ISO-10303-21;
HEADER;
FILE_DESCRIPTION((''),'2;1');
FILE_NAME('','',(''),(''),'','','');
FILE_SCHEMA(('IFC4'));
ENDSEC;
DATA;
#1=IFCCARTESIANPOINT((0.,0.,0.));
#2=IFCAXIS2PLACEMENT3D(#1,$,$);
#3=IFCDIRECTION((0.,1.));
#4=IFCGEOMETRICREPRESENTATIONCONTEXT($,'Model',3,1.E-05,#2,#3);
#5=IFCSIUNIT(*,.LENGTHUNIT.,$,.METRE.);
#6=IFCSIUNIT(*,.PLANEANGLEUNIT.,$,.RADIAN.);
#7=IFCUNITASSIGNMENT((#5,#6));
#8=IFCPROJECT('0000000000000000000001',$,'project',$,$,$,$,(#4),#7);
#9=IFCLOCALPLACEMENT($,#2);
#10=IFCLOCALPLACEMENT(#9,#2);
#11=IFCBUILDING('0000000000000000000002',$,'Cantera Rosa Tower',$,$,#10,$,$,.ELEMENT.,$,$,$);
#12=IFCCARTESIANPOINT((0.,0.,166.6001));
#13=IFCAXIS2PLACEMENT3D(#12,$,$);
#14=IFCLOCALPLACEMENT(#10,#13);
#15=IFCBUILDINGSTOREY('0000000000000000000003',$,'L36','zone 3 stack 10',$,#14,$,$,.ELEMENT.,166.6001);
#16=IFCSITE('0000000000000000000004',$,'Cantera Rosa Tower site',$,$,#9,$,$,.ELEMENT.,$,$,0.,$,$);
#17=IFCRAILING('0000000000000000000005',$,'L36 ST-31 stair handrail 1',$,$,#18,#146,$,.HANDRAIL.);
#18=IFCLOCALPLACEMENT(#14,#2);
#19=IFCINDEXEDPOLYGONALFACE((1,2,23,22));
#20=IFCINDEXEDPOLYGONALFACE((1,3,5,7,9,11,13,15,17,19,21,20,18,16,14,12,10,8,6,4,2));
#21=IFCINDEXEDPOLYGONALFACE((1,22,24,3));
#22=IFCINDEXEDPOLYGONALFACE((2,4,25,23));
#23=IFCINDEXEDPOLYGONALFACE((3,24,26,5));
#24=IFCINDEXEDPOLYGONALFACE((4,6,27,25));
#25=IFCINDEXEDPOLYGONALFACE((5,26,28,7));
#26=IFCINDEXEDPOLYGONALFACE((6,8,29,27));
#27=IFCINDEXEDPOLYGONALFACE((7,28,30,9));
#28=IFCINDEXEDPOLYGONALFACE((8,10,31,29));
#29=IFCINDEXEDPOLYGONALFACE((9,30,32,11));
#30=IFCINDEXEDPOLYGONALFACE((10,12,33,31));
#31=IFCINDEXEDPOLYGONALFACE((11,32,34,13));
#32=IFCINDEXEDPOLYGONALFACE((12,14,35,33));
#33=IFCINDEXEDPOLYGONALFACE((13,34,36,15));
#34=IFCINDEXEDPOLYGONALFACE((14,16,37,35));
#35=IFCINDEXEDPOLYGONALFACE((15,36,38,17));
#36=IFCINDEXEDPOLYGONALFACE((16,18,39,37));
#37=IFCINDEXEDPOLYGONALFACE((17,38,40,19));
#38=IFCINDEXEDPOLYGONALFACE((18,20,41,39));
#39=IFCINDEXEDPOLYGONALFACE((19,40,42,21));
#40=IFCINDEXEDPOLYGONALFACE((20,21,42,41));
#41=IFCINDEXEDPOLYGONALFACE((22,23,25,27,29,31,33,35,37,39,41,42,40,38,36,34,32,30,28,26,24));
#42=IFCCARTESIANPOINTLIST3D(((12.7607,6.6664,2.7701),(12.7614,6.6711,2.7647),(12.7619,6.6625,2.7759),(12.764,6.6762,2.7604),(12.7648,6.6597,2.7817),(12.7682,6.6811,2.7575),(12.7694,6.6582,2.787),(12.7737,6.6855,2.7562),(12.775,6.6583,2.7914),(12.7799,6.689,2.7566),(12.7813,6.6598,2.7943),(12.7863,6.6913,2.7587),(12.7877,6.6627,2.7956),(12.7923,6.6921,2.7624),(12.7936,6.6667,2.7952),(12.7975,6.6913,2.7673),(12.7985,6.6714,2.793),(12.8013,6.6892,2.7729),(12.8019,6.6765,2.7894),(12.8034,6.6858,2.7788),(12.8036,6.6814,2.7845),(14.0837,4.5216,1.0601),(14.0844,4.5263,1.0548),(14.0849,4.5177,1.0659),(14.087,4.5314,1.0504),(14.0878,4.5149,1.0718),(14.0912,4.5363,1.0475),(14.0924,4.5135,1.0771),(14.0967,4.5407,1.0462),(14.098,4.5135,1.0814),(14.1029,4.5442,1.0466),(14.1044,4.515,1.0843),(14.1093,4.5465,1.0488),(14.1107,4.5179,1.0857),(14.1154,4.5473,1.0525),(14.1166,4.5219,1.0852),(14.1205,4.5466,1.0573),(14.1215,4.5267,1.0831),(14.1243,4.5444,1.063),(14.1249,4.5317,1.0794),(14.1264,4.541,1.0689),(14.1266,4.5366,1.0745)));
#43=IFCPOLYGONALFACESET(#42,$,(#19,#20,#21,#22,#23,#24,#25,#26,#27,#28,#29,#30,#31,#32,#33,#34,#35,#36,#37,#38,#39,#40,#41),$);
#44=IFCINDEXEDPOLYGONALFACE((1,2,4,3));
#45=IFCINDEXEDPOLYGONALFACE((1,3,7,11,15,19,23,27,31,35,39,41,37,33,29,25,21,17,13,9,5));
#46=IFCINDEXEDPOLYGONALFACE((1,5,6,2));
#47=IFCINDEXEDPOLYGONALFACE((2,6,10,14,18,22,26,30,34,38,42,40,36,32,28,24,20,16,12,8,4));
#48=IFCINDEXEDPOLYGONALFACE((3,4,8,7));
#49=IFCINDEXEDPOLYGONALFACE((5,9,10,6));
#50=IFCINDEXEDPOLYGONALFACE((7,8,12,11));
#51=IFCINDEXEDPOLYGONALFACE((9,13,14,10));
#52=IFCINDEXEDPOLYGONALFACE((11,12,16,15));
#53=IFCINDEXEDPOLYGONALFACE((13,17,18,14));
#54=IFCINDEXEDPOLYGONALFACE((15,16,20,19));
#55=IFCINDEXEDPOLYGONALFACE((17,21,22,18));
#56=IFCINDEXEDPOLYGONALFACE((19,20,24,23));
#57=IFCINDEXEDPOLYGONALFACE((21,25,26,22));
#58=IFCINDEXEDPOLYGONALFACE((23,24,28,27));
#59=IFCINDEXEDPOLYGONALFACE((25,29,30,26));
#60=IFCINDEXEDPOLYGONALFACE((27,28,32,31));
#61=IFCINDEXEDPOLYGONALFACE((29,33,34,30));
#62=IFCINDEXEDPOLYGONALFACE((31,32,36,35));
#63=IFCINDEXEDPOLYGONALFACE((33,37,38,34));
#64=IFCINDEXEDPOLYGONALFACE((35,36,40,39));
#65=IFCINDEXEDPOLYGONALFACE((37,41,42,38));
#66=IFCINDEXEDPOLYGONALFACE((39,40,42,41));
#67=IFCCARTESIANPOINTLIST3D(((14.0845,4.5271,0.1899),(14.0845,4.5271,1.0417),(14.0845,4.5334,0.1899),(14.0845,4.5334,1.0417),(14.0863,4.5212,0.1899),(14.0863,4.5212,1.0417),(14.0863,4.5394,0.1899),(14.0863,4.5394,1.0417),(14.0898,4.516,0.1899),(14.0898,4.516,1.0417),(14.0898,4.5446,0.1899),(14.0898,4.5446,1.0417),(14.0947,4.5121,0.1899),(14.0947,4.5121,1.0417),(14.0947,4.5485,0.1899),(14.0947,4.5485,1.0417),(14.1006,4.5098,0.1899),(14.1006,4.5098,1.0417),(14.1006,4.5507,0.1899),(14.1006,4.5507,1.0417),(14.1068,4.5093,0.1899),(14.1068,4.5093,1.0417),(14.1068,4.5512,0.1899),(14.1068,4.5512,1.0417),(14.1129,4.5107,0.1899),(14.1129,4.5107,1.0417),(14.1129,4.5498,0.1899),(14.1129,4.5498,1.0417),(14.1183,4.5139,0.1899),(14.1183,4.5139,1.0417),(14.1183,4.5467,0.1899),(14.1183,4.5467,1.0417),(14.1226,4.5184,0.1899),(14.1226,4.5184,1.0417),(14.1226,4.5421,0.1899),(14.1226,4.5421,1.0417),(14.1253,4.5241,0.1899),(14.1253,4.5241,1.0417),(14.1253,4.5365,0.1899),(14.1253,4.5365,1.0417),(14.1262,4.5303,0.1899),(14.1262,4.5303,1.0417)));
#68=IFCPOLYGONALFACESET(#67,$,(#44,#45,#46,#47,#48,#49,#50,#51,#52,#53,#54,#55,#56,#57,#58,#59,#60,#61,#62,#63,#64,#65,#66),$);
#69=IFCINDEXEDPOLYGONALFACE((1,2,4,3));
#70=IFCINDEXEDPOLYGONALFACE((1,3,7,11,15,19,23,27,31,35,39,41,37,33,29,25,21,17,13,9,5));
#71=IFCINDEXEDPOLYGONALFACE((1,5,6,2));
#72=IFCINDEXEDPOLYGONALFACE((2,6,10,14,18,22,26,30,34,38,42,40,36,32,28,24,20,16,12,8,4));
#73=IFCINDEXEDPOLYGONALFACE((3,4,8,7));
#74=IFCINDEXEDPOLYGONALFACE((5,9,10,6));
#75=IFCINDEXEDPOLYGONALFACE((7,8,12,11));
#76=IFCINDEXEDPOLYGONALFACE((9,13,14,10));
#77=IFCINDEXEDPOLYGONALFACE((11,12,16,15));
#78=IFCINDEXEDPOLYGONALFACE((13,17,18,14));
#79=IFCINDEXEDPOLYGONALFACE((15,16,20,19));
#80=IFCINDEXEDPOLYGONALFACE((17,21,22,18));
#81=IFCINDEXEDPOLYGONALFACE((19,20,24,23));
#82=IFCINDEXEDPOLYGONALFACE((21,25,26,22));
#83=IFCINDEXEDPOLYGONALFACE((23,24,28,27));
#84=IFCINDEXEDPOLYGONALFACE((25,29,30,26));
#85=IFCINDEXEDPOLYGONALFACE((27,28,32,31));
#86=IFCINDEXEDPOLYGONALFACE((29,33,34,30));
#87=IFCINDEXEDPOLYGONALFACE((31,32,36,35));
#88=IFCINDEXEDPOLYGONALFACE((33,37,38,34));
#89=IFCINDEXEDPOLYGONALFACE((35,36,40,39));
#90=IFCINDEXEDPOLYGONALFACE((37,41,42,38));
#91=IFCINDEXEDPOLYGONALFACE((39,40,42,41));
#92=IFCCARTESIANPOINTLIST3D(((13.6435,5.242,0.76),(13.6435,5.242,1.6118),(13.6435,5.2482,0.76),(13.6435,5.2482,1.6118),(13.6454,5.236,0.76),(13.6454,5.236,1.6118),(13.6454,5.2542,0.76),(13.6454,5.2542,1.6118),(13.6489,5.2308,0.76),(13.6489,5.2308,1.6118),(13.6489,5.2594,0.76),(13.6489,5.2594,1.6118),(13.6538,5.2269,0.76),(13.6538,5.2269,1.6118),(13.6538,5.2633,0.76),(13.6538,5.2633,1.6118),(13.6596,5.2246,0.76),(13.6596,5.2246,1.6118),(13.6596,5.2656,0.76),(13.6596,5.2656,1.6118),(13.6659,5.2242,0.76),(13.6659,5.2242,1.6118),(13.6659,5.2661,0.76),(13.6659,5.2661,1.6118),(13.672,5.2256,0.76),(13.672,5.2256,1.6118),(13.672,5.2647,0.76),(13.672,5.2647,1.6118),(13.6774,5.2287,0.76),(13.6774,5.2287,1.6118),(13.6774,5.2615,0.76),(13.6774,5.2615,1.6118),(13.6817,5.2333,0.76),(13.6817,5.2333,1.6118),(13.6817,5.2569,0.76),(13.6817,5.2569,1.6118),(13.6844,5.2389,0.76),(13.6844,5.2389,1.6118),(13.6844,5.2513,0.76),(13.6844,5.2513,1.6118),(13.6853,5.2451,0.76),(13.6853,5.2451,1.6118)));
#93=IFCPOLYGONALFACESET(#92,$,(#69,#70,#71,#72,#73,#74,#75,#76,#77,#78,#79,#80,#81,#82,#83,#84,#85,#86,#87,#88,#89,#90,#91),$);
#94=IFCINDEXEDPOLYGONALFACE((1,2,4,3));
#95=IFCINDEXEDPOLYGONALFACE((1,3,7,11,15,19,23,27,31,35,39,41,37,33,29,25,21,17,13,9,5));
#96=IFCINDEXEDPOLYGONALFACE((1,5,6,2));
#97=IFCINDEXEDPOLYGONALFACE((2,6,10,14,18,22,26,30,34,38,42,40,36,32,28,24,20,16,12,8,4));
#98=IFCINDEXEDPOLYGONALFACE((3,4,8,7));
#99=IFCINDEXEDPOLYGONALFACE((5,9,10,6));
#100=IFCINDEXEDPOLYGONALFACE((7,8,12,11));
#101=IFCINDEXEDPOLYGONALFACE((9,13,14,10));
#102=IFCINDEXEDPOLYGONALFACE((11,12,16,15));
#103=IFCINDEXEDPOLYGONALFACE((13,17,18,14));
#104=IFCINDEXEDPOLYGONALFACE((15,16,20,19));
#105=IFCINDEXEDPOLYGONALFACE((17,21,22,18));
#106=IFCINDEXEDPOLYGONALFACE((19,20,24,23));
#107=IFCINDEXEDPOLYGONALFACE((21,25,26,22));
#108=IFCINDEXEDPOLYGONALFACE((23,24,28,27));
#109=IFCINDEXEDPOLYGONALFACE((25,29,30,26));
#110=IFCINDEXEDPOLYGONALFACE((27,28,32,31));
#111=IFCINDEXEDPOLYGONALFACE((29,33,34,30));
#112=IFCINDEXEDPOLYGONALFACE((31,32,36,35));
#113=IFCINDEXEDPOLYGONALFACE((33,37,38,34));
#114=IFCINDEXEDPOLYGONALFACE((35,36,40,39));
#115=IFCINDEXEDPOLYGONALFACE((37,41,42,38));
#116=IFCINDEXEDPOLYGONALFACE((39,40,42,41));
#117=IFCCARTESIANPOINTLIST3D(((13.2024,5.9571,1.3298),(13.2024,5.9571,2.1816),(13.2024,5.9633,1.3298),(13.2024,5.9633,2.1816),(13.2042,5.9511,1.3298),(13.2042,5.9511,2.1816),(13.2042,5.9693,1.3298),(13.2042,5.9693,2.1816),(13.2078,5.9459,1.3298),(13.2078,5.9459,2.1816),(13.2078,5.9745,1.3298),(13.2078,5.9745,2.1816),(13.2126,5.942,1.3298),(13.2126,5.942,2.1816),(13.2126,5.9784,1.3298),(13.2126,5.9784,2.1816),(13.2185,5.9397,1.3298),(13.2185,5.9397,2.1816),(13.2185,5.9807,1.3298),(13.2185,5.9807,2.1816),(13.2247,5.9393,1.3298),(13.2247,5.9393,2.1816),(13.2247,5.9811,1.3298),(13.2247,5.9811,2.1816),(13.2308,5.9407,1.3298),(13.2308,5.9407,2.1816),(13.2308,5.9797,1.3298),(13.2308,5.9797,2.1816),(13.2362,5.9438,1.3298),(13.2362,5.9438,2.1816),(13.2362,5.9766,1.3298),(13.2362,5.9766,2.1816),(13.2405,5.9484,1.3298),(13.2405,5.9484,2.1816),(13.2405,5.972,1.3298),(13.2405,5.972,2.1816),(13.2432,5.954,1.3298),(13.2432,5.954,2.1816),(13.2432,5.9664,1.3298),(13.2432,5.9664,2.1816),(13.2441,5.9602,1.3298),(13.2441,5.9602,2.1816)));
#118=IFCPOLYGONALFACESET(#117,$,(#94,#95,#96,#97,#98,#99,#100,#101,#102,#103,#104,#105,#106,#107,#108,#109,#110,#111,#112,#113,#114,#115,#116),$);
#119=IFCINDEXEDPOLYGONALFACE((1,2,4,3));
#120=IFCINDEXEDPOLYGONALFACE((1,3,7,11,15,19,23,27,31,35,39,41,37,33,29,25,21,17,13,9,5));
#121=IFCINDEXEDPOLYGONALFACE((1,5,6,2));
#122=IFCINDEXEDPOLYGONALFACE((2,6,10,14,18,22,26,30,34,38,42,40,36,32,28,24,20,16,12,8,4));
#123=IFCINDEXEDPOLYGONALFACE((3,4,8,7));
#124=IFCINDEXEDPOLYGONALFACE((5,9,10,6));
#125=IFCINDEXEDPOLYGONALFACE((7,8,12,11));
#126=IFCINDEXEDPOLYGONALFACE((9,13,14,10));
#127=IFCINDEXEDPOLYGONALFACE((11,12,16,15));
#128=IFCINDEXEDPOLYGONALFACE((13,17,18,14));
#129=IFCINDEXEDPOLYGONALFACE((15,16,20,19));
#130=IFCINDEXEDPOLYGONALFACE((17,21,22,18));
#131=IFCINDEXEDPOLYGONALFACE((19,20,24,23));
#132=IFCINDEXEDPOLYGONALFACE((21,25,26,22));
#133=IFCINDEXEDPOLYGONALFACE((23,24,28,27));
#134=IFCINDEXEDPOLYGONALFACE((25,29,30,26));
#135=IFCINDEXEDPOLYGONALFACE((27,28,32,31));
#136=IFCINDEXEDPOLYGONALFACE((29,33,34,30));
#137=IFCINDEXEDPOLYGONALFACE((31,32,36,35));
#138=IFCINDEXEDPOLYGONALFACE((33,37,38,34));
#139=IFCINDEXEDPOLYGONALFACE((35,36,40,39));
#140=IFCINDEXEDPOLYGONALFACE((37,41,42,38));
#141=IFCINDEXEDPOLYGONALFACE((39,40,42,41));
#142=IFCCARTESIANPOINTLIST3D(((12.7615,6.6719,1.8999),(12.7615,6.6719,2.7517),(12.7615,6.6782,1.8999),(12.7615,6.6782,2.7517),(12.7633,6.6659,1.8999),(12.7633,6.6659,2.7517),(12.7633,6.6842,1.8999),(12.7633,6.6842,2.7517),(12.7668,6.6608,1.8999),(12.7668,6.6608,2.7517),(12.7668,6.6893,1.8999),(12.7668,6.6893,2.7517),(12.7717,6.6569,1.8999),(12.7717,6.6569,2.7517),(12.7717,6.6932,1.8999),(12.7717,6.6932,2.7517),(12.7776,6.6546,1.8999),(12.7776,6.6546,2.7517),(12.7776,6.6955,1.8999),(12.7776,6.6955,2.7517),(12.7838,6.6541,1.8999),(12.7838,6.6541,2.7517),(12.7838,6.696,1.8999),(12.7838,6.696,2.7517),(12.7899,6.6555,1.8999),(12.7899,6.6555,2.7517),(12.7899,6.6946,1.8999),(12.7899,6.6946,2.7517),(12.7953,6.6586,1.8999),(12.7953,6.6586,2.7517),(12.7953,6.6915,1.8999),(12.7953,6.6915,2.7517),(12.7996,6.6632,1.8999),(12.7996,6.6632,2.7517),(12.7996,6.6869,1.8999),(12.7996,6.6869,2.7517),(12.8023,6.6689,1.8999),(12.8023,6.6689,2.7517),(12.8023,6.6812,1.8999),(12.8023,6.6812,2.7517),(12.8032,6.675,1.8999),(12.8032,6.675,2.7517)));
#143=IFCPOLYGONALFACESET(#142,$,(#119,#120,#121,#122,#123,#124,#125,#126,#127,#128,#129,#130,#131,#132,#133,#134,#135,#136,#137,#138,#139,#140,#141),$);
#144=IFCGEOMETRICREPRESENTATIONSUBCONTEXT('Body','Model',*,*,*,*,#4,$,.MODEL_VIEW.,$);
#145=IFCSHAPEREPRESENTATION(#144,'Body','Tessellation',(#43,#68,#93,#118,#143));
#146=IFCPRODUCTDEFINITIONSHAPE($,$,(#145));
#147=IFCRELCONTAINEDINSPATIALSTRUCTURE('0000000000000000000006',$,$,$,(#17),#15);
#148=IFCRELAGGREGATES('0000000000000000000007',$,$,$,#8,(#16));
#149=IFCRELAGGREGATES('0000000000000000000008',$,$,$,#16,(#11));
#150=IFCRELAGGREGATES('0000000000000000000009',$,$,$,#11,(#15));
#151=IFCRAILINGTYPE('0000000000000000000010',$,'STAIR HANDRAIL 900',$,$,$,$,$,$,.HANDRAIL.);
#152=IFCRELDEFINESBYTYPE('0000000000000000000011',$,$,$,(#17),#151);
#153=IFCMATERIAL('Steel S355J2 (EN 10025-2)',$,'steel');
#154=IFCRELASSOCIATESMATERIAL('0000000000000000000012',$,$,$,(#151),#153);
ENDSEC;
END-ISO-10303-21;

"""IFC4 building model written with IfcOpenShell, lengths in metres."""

from ifc_helpers import new_model, si_unit, direction, frame, origin, origin_2d, place, context, subcontext, project, spatial, circle, extrude, material, type_object, element, save


model = new_model("IFC4")

# Units and contexts
model_context = context("Model", 3, precision=1e-05, world=origin(), true_north=direction((0.0, 1.0)))
body_context = subcontext(model_context, "Body", "Model", "MODEL_VIEW")
ifc_project = project(units=[si_unit("LENGTHUNIT", "METRE"), si_unit("PLANEANGLEUNIT", "RADIAN")], contexts=[model_context])

# Site, building, storey
site_placement = place(None, origin())
site = spatial("IfcSite", under=ifc_project, at=site_placement, Name="Cantera Rosa Tower site", CompositionType="ELEMENT", RefElevation=0.0)
building_placement = place(site_placement, origin())
building = spatial("IfcBuilding", under=site, at=building_placement, Name="Cantera Rosa Tower", CompositionType="ELEMENT")
storey_placement = place(building_placement, frame((0.0, 0.0, 166.6001)))
storey = spatial("IfcBuildingStorey", under=building, at=storey_placement, Name="L36", Description="zone 3 stack 10", CompositionType="ELEMENT", Elevation=166.6001)

# Railing
ifc_material_1 = material(Name="Steel S355J2 (EN 10025-2)", Category="steel")
railing_type_1 = type_object("IfcRailingType", Name="STAIR HANDRAIL 900", PredefinedType="HANDRAIL", material=ifc_material_1)
railing_1_placement = place(storey_placement, frame((14.1052, 4.5303, 0.1899)))
element("IfcRailing", 1, at=railing_1_placement, inside=storey, type_object=railing_type_1, Name="L36 ST-31 stair handrail 1", PredefinedType="HANDRAIL", context=body_context, shape_type="SweptSolid", body=[
    extrude(circle(Radius=0.0239, at=origin_2d()), frame((0.0, 0.0, 0.876), z_axis=(-0.434428, 0.704271, 0.561493), x_axis=(-0.851102, -0.525, 0.0)), (0.0, 0.0, 1.0), 3.0454),
    extrude(circle(Radius=0.021, at=origin_2d()), origin(), (0.0, 0.0, 1.0), 0.8518),
    extrude(circle(Radius=0.021, at=origin_2d()), frame((-0.4409, 0.7148, 0.5701)), (0.0, 0.0, 1.0), 0.8518),
    extrude(circle(Radius=0.021, at=origin_2d()), frame((-0.8821, 1.4299, 1.1399)), (0.0, 0.0, 1.0), 0.8518),
    extrude(circle(Radius=0.021, at=origin_2d()), frame((-1.323, 2.1448, 1.71)), (0.0, 0.0, 1.0), 0.8518),
])

save(model, "model.ifc")
